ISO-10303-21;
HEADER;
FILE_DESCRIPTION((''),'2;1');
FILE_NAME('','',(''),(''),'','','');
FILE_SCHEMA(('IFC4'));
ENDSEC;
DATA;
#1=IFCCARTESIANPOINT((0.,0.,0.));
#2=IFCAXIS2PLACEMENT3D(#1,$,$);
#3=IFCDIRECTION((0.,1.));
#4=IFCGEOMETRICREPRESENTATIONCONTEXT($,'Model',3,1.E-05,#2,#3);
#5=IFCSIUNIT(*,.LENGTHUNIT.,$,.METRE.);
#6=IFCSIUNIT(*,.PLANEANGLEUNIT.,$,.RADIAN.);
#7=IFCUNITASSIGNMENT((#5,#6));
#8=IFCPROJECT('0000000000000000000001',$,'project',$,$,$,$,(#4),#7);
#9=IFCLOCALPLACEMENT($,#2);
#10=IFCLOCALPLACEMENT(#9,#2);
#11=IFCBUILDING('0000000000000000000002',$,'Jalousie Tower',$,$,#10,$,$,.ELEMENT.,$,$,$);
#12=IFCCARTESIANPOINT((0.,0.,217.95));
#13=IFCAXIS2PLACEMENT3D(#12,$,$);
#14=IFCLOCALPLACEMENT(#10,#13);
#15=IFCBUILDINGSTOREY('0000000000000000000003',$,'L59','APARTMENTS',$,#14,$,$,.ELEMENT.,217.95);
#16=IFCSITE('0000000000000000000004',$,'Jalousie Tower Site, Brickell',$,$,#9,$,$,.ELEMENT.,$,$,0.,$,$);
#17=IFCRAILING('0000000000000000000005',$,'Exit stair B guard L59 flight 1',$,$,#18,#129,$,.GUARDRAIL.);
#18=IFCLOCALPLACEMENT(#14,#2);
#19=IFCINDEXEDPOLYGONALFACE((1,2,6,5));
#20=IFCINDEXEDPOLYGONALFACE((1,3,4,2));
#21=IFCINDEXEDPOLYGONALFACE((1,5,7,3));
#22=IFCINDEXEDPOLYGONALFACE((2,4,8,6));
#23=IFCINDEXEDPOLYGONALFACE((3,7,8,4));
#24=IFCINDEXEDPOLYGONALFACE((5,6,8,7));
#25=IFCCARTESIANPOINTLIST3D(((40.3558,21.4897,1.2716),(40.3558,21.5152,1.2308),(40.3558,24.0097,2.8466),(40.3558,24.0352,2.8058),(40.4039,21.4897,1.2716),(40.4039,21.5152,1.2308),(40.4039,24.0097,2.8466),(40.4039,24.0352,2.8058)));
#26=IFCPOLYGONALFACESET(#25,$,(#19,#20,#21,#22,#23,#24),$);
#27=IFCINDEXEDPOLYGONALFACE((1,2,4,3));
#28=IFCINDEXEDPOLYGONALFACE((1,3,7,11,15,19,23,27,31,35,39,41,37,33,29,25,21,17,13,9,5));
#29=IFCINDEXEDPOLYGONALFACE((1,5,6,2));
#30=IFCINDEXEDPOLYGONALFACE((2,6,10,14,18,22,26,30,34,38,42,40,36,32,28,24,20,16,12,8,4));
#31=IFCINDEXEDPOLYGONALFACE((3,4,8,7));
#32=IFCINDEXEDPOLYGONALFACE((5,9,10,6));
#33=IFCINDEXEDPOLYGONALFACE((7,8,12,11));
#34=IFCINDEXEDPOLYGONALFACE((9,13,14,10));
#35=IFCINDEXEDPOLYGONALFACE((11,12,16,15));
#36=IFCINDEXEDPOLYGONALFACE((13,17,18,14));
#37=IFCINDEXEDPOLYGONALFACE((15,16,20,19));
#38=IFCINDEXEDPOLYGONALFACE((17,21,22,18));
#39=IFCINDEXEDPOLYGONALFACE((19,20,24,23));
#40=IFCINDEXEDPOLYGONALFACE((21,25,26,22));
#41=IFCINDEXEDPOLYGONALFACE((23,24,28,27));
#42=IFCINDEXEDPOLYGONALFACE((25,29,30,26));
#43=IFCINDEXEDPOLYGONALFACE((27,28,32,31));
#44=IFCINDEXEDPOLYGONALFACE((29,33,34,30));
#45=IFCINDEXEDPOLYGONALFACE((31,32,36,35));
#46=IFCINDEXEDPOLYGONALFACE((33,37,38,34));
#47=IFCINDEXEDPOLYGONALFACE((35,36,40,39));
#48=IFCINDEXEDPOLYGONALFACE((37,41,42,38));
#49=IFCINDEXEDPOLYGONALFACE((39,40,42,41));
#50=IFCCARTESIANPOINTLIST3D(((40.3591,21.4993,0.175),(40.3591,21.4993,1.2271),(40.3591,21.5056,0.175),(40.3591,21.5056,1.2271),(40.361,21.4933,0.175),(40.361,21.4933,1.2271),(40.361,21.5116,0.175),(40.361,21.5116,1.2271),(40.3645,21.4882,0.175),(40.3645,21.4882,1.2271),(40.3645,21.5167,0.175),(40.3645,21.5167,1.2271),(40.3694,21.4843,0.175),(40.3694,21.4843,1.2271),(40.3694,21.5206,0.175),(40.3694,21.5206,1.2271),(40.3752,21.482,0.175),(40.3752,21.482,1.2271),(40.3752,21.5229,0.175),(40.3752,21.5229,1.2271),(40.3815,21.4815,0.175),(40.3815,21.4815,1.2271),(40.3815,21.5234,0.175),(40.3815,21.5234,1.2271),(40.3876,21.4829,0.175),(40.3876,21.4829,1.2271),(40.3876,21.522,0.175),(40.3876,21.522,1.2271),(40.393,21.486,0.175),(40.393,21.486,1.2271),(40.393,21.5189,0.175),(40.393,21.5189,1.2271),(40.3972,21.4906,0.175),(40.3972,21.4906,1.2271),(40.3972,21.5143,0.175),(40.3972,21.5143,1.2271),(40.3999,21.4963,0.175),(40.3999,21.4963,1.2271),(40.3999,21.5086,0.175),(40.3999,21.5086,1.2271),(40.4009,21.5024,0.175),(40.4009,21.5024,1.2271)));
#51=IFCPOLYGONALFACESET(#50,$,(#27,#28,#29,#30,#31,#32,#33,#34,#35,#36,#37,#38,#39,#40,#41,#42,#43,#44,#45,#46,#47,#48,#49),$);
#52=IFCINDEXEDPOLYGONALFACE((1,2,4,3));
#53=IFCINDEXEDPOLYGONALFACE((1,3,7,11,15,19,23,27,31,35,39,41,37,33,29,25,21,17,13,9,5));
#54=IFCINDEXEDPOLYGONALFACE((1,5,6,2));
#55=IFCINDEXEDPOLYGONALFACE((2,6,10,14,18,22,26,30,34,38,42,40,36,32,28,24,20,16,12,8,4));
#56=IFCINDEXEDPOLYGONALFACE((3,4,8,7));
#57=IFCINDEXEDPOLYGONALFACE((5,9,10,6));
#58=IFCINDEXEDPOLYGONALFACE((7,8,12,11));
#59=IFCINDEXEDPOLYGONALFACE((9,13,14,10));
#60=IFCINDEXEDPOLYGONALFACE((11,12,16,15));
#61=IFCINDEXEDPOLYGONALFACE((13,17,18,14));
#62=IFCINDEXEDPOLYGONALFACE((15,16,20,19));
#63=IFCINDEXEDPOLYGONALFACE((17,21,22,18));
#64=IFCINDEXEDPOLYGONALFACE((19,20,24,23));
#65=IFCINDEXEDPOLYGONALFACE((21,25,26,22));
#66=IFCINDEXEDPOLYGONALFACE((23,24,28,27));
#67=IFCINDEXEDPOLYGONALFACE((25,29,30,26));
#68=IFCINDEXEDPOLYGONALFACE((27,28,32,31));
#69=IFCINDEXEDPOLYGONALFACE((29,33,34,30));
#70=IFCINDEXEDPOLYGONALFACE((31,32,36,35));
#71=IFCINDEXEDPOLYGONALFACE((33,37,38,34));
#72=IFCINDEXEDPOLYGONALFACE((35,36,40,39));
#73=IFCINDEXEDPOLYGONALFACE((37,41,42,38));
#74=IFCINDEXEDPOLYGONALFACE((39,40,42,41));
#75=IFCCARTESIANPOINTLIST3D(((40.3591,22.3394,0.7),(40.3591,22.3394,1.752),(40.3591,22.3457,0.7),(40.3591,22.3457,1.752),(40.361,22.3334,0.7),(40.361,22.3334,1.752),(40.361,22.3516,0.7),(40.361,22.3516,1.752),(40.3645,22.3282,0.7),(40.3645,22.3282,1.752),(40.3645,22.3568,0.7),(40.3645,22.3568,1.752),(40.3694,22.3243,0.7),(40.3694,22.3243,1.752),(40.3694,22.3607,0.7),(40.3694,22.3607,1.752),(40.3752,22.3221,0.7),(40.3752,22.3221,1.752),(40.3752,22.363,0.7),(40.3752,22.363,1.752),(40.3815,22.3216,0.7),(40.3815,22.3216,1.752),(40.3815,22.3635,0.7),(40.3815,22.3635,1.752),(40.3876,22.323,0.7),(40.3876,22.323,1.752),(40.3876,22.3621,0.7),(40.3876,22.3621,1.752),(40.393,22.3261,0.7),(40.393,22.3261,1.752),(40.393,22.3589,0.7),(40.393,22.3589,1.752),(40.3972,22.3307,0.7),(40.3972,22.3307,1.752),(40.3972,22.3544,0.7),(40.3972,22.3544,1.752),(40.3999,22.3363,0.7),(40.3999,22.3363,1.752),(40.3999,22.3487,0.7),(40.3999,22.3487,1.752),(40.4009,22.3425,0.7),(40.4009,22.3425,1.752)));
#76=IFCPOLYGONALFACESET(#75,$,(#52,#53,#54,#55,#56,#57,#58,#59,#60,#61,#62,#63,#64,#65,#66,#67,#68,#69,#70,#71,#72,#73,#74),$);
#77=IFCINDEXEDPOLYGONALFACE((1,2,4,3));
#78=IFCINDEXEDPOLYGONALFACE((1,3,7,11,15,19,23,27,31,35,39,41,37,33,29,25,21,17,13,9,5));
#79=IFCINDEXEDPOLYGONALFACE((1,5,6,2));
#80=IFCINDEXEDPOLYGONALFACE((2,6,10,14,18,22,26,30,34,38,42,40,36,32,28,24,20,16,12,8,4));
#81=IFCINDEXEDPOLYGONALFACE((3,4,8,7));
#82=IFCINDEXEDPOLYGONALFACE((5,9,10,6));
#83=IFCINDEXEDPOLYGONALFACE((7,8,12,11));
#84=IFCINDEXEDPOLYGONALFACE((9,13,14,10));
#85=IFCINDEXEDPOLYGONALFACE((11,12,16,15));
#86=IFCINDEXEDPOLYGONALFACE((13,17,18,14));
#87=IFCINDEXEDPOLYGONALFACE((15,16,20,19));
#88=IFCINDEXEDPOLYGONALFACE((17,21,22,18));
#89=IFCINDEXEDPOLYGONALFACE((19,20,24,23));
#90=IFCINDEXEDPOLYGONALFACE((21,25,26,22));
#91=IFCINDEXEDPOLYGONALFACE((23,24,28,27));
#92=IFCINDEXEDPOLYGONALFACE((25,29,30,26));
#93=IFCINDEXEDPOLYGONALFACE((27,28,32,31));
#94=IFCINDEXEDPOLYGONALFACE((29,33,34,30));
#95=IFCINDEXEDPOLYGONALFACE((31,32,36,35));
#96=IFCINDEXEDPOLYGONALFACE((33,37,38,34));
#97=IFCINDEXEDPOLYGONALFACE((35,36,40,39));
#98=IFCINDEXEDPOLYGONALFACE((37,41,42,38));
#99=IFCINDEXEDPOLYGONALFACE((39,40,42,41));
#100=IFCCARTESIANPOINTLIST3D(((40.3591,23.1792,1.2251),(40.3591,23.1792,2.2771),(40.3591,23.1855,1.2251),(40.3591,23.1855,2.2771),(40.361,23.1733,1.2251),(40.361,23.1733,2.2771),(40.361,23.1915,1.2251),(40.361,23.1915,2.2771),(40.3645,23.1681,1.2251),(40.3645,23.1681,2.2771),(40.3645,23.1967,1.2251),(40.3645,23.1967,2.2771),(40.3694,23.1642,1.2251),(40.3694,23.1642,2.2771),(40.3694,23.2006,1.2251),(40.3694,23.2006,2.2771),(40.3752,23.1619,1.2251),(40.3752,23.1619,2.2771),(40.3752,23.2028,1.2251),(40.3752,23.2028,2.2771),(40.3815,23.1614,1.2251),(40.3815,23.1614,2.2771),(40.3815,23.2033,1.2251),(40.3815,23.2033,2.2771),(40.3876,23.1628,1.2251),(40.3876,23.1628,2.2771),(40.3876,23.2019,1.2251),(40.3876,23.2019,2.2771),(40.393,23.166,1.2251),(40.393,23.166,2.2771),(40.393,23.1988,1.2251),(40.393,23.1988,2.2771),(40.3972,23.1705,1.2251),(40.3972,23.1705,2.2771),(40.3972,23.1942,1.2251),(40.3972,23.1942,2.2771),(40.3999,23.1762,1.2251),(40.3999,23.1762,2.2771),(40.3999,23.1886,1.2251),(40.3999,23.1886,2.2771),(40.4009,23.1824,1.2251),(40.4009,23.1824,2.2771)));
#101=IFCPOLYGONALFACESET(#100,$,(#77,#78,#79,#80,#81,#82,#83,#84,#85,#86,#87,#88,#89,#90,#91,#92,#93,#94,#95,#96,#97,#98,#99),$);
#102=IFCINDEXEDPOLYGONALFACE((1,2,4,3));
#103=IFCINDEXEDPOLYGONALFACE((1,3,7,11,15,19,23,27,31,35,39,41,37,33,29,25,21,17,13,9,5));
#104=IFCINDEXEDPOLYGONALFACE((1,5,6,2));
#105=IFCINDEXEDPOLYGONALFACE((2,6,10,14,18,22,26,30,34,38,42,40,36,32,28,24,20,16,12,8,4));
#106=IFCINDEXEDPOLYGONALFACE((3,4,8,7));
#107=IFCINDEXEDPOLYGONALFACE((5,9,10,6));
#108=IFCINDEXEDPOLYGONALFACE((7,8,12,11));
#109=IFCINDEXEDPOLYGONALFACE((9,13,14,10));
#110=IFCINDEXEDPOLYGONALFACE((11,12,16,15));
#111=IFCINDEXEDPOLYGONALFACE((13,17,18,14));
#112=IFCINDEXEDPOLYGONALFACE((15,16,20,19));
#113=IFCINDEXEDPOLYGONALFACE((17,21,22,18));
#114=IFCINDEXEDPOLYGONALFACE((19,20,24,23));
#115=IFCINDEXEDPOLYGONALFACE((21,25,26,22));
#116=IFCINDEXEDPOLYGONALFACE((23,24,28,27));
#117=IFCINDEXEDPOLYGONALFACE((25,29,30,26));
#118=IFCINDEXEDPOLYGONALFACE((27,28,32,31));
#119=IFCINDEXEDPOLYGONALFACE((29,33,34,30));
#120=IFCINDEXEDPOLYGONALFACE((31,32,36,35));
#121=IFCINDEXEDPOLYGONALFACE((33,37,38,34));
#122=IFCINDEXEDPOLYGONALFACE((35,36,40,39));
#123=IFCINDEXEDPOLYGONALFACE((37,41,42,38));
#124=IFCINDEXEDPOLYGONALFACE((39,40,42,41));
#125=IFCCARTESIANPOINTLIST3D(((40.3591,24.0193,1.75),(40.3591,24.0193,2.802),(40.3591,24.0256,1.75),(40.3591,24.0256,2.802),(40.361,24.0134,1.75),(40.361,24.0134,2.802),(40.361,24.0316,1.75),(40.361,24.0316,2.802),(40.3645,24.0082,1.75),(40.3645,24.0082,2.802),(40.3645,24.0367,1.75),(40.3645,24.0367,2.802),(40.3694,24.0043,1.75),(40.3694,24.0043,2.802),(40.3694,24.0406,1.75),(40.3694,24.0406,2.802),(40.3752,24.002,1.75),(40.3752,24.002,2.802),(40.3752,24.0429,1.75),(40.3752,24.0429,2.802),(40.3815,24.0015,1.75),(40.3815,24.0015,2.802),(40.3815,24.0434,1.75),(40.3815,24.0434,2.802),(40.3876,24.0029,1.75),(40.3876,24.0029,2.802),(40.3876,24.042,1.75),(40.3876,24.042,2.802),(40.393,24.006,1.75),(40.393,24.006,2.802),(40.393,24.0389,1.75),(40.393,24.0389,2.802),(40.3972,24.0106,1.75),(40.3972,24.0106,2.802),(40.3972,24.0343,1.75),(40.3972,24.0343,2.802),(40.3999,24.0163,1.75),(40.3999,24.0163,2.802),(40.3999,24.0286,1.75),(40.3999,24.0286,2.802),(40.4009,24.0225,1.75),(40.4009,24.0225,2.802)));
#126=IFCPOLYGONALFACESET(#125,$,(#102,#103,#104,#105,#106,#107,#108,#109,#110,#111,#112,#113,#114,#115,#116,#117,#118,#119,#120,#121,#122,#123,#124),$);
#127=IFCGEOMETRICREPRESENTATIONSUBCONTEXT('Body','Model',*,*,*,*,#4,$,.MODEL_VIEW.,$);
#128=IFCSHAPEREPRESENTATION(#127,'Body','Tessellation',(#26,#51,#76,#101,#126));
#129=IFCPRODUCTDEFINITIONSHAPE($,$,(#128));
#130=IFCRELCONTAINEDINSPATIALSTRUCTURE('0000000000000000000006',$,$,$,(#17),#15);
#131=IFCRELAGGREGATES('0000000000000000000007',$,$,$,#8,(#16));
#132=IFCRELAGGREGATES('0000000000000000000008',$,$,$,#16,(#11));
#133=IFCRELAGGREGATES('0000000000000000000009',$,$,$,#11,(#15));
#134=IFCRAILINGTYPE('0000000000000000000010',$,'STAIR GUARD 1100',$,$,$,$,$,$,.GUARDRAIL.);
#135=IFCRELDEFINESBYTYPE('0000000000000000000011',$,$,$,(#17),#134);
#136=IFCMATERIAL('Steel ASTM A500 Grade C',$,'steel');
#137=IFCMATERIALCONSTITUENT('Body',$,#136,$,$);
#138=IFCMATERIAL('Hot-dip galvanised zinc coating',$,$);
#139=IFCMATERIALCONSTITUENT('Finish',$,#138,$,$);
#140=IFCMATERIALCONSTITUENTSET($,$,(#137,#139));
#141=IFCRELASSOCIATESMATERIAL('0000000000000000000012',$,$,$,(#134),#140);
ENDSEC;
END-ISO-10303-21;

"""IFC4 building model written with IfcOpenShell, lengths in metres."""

from ifc_helpers import new_model, si_unit, direction, frame, origin, origin_2d, place, context, subcontext, project, spatial, rectangle, circle, extrude, material, constituent, constituent_set, type_object, element, save


model = new_model("IFC4")

# Units and contexts
model_context = context("Model", 3, precision=1e-05, world=origin(), true_north=direction((0.0, 1.0)))
body_context = subcontext(model_context, "Body", "Model", "MODEL_VIEW")
ifc_project = project(units=[si_unit("LENGTHUNIT", "METRE"), si_unit("PLANEANGLEUNIT", "RADIAN")], contexts=[model_context])

# Site, building, storey
site_placement = place(None, origin())
site = spatial("IfcSite", under=ifc_project, at=site_placement, Name="Jalousie Tower Site, Brickell", CompositionType="ELEMENT", RefElevation=0.0)
building_placement = place(site_placement, origin())
building = spatial("IfcBuilding", under=site, at=building_placement, Name="Jalousie Tower", CompositionType="ELEMENT")
storey_placement = place(building_placement, frame((0.0, 0.0, 217.95)))
storey = spatial("IfcBuildingStorey", under=building, at=storey_placement, Name="L59", Description="APARTMENTS", CompositionType="ELEMENT", Elevation=217.95)

# Railing
ifc_material_1 = material(Name="Steel ASTM A500 Grade C", Category="steel")
ifc_constituent_1 = constituent(ifc_material_1, Name="Body")
ifc_material_2 = material(Name="Hot-dip galvanised zinc coating")
ifc_constituent_2 = constituent(ifc_material_2, Name="Finish")
ifc_constituent_set_1 = constituent_set(constituents=[ifc_constituent_1, ifc_constituent_2])
railing_type_1 = type_object("IfcRailingType", Name="STAIR GUARD 1100", PredefinedType="GUARDRAIL", material=ifc_constituent_set_1)
railing_1_placement = place(storey_placement, frame((40.3799, 21.5024, 0.175)))
element("IfcRailing", 1, at=railing_1_placement, inside=storey, type_object=railing_type_1, Name="Exit stair B guard L59 flight 1", PredefinedType="GUARDRAIL", context=body_context, shape_type="SweptSolid", body=[
    extrude(rectangle(XDim=0.0481, YDim=0.0481, at=origin_2d()), frame((0.0, 0.0, 1.0762), z_axis=(0.0, 0.848008, 0.529984), x_axis=(-1.0, 0.0, 0.0)), (0.0, 0.0, 1.0), 2.9717),
    extrude(circle(Radius=0.021, at=origin_2d()), origin(), (0.0, 0.0, 1.0), 1.052),
    extrude(circle(Radius=0.021, at=origin_2d()), frame((0.0, 0.8401, 0.5249)), (0.0, 0.0, 1.0), 1.052),
    extrude(circle(Radius=0.021, at=origin_2d()), frame((0.0, 1.6799, 1.05)), (0.0, 0.0, 1.0), 1.052),
    extrude(circle(Radius=0.021, at=origin_2d()), frame((0.0, 2.52, 1.575)), (0.0, 0.0, 1.0), 1.052),
])

save(model, "model.ifc")
